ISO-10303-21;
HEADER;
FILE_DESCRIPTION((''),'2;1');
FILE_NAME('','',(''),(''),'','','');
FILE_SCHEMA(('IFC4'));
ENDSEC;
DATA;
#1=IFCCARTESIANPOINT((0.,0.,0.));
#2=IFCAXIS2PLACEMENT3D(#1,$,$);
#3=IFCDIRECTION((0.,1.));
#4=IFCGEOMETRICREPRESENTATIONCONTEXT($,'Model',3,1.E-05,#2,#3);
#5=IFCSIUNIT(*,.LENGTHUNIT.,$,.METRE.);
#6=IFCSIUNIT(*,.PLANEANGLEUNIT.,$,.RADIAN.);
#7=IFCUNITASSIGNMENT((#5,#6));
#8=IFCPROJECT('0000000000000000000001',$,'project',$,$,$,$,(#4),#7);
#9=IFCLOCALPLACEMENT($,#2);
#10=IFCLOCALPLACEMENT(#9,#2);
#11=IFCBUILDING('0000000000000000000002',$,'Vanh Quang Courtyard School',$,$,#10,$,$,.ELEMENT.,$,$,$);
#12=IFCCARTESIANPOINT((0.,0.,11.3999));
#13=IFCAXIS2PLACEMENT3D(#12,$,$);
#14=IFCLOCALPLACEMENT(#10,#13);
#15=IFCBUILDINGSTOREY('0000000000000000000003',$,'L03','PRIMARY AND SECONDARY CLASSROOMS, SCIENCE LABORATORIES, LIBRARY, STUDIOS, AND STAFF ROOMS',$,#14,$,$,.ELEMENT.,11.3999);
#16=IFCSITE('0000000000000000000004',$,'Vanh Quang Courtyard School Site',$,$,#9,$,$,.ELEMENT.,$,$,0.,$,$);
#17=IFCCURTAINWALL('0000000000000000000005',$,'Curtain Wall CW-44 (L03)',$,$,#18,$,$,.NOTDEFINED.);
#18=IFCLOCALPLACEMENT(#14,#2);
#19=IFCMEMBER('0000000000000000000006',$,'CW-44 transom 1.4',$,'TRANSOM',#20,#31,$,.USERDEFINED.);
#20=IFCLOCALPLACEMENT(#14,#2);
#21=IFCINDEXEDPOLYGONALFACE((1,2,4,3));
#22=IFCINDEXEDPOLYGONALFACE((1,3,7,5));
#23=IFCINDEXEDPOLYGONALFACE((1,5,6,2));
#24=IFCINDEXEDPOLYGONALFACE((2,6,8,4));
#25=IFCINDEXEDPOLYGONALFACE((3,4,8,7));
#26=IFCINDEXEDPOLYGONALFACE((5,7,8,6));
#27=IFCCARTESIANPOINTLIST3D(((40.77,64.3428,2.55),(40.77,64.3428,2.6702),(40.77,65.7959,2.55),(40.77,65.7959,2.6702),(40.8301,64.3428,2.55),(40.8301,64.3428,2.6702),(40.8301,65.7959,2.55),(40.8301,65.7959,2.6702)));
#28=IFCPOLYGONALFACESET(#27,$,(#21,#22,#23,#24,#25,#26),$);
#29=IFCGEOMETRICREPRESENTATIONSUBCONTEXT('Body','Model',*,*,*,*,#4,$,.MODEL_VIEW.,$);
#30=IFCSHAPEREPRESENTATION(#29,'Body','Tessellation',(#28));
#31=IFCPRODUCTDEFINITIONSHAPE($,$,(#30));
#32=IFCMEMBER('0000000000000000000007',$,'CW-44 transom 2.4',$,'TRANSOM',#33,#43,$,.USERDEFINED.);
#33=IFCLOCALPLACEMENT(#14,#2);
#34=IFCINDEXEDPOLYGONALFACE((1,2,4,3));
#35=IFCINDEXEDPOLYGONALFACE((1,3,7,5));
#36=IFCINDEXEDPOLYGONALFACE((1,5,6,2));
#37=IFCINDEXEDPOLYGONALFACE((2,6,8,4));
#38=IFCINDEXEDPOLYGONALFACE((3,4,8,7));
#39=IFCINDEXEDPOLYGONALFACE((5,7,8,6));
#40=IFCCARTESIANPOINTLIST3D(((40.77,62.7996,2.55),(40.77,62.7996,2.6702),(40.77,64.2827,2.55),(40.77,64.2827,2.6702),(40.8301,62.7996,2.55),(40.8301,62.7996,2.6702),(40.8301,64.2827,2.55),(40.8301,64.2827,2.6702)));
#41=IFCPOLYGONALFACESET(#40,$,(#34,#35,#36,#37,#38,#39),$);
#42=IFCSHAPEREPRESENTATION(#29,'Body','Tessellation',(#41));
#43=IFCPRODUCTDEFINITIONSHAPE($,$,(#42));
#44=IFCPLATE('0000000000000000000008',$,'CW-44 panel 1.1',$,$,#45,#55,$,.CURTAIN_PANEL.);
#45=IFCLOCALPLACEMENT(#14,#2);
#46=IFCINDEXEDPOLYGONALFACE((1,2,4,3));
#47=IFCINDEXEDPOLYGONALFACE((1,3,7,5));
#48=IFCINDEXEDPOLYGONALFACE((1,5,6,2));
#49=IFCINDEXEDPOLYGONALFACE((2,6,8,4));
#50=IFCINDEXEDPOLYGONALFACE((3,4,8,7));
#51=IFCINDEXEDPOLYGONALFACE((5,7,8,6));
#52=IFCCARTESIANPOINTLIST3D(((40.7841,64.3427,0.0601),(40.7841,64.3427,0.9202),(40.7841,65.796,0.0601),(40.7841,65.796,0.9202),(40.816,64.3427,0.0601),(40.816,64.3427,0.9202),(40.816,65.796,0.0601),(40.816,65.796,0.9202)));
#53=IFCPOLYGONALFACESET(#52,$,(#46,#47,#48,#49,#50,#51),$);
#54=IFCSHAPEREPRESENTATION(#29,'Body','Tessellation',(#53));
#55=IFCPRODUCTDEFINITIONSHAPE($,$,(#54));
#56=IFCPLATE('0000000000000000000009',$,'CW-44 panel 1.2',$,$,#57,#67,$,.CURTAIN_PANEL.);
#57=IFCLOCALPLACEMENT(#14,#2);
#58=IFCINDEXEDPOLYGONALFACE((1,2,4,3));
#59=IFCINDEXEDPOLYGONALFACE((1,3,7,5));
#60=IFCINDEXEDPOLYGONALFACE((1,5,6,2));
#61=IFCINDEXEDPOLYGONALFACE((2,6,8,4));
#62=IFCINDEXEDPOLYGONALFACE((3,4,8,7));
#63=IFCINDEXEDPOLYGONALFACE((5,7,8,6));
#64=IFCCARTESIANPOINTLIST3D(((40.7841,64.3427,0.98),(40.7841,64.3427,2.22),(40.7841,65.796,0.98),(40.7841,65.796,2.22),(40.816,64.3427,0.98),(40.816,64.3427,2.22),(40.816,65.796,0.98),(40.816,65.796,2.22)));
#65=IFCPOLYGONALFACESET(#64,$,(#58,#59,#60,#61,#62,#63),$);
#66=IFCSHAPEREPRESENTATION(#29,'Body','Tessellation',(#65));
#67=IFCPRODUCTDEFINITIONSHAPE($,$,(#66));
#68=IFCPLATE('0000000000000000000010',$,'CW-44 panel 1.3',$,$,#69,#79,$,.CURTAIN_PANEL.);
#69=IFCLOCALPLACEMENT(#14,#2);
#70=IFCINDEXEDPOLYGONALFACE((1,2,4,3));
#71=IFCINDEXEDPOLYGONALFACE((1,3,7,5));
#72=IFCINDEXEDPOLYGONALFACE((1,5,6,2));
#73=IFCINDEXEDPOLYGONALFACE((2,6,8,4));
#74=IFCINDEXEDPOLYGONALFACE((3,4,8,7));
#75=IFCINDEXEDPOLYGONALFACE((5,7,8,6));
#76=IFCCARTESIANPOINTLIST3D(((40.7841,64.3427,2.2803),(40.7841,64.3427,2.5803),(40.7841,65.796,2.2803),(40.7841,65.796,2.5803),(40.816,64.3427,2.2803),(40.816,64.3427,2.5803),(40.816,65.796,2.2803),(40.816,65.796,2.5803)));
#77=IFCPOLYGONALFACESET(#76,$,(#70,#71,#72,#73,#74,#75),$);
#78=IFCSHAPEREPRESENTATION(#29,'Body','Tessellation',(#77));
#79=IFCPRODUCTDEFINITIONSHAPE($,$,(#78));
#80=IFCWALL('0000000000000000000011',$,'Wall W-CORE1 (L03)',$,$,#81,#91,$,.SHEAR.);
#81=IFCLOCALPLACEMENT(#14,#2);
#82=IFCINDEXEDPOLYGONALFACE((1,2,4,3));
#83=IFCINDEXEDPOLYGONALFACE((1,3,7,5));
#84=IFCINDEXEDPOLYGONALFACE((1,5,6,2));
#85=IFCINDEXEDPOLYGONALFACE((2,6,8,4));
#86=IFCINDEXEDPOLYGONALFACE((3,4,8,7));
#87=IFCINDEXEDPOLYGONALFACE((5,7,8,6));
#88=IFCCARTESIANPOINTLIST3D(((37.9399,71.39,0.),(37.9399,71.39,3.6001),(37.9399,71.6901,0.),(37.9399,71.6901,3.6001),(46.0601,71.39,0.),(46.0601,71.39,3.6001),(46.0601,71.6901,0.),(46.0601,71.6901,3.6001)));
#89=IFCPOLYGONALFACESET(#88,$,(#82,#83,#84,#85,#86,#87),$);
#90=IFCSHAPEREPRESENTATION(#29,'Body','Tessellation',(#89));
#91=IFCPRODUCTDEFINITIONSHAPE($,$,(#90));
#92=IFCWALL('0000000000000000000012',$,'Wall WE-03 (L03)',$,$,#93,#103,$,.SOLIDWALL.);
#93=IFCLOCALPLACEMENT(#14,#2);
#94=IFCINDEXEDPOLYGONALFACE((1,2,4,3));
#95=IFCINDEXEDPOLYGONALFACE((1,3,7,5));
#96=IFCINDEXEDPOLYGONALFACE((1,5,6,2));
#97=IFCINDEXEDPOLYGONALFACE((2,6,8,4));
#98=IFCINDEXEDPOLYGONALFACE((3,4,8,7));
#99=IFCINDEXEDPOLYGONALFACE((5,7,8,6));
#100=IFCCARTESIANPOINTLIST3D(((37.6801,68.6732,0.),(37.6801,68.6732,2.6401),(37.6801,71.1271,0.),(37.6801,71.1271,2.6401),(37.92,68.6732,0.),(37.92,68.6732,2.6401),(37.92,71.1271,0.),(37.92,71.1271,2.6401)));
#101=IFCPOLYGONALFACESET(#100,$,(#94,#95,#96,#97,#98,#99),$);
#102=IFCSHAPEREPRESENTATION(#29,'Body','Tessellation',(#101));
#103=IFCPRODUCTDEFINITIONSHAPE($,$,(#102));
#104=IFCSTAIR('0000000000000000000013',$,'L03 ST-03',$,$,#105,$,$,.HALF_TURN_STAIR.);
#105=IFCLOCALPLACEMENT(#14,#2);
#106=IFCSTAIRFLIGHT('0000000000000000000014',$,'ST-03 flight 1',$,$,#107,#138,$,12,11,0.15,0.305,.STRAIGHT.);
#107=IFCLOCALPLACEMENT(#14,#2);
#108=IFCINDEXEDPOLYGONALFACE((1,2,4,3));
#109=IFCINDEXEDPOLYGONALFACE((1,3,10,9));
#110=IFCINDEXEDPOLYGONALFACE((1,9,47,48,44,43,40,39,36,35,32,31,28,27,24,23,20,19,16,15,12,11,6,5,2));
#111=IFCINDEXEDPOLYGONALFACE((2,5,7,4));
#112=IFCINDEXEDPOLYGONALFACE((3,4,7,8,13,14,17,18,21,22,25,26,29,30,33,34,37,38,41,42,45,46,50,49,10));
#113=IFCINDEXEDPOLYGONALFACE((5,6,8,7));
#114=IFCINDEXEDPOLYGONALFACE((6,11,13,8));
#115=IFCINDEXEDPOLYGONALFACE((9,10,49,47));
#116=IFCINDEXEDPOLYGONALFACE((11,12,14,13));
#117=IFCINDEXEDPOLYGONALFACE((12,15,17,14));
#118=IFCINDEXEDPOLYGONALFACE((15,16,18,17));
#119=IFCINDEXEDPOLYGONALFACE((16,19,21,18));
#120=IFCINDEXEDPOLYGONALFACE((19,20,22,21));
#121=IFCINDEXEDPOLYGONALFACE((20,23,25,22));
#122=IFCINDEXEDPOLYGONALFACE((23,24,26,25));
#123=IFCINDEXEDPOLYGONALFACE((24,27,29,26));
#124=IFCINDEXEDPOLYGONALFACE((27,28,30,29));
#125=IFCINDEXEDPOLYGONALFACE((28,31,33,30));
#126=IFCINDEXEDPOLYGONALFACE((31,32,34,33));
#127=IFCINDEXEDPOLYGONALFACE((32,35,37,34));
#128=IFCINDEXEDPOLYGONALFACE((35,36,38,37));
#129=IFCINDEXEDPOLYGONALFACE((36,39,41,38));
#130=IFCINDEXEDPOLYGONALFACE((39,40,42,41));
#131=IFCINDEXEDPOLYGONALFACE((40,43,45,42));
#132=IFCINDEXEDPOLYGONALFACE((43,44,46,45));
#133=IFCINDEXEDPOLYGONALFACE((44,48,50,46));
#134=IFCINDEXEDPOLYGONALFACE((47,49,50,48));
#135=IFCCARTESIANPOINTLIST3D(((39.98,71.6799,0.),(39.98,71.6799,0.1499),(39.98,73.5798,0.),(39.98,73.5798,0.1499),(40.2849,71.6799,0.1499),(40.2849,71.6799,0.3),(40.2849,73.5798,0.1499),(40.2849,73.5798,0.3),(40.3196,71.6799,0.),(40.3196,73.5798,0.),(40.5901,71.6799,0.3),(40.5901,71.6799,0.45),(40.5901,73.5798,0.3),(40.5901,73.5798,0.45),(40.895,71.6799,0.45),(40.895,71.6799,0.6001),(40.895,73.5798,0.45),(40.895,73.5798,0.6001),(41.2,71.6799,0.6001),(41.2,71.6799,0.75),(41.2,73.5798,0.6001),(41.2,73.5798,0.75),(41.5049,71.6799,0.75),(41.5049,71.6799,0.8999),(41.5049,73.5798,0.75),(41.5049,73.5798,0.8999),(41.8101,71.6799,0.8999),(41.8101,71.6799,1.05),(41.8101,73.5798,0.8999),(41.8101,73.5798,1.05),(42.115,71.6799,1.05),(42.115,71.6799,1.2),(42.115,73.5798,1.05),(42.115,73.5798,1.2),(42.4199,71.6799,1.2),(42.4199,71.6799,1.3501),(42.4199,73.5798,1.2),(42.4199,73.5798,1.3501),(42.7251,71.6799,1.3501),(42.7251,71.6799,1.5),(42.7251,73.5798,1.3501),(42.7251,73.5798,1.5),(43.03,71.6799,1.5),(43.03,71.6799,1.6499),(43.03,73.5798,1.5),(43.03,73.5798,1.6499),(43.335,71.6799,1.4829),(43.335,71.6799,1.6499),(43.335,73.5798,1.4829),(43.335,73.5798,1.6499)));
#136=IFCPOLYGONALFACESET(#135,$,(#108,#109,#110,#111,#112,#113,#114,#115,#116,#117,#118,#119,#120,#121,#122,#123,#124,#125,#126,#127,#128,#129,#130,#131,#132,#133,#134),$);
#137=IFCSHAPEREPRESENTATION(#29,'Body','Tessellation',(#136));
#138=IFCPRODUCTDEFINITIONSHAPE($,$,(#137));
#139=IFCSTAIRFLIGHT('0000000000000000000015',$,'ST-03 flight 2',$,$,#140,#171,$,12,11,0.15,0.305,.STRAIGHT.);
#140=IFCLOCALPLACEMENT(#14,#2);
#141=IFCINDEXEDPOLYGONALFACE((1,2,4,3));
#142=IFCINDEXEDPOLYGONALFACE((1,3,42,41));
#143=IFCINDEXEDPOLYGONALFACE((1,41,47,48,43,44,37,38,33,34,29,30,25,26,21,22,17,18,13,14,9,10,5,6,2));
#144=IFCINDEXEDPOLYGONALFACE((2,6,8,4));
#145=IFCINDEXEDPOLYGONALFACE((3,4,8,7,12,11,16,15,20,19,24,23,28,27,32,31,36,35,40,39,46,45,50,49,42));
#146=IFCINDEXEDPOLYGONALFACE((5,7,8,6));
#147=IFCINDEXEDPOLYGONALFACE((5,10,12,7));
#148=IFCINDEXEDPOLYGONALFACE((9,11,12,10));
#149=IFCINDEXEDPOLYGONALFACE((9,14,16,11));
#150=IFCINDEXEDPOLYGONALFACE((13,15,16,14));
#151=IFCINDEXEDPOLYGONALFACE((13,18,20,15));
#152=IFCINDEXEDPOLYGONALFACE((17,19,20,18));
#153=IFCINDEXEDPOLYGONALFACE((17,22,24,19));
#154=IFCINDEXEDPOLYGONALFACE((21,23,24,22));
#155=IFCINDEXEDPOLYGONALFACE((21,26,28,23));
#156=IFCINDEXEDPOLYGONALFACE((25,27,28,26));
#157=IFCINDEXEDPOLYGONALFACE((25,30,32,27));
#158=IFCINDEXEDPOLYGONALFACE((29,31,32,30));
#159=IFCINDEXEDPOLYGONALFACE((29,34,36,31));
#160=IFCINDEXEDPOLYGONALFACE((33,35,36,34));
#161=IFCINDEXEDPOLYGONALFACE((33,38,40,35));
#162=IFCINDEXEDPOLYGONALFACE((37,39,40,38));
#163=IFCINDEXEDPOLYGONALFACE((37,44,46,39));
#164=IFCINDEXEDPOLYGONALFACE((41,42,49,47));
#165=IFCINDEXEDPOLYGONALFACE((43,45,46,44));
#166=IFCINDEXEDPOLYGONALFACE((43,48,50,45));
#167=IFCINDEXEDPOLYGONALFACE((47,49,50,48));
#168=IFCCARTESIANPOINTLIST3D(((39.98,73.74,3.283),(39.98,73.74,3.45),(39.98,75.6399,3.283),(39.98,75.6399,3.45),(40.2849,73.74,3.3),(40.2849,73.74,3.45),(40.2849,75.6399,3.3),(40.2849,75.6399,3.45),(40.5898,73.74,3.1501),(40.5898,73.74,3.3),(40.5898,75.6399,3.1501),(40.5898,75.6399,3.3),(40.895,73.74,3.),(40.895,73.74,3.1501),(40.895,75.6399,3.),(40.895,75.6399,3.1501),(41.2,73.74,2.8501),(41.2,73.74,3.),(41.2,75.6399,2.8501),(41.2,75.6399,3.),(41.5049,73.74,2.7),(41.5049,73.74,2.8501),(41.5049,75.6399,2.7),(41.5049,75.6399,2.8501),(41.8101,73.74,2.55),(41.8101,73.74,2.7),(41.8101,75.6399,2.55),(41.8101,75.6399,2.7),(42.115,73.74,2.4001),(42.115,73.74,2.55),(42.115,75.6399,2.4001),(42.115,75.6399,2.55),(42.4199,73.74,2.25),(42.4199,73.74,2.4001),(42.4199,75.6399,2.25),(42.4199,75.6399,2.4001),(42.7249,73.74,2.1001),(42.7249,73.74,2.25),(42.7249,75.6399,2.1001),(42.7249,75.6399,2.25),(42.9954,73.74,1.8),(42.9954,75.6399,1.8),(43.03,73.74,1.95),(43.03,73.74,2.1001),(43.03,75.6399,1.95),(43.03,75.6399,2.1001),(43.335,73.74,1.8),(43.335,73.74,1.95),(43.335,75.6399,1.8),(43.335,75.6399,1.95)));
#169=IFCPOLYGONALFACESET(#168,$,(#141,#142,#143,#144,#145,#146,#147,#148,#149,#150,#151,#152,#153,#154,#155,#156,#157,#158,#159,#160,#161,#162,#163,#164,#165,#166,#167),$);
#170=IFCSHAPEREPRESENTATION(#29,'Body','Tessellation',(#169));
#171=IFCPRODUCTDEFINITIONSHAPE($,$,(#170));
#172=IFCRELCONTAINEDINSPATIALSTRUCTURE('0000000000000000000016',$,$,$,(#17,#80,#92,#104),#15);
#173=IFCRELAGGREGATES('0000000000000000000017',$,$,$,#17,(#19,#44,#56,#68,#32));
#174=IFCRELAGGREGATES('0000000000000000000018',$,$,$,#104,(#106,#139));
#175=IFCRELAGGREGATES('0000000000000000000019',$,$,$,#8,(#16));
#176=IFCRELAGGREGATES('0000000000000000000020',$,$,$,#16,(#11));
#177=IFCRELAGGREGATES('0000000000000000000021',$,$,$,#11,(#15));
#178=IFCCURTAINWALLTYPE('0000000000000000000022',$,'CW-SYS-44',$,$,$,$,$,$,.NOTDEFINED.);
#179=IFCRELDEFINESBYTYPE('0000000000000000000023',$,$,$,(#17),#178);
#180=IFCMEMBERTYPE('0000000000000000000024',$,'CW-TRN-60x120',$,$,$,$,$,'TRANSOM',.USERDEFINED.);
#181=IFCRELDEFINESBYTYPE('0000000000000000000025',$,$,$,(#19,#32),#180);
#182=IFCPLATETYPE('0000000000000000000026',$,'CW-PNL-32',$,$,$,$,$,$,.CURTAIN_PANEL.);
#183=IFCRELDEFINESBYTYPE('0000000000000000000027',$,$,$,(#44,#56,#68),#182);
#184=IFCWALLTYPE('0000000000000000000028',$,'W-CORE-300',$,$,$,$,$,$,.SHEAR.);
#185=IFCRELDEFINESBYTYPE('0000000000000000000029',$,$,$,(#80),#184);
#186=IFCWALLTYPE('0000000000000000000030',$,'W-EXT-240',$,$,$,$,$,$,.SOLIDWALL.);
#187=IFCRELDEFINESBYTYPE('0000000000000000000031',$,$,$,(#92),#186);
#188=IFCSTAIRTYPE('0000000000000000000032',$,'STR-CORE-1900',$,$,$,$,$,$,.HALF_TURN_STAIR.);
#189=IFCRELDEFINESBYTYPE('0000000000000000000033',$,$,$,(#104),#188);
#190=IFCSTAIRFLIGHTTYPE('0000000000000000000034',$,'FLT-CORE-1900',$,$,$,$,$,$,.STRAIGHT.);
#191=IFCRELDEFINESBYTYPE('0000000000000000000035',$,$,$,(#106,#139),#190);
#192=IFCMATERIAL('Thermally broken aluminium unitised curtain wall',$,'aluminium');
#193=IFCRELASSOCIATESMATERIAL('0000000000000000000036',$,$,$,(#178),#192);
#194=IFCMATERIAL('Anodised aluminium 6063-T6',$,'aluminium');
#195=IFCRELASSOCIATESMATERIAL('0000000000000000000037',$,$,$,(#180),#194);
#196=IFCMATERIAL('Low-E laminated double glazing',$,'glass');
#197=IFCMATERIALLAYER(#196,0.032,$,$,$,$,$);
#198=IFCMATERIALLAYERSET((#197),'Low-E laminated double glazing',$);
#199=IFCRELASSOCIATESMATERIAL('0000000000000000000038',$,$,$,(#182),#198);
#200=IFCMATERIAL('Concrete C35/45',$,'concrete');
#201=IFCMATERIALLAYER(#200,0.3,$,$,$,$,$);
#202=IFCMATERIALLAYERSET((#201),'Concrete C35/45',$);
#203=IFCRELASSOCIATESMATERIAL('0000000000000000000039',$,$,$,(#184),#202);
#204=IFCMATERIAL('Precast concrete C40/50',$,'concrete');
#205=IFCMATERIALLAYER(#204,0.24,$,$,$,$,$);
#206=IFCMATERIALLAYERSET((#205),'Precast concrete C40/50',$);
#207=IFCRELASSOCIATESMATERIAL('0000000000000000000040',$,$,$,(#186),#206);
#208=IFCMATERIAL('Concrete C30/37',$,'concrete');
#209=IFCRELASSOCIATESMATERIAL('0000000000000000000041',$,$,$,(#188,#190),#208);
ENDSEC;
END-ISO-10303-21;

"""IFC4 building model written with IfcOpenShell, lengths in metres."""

from ifc_helpers import new_model, si_unit, direction, frame, frame_2d, origin, origin_2d, place, context, subcontext, project, spatial, polyline, rectangle, outline, extrude, material, layer, layer_set, material_profile, profile_set, type_object, element, aggregate, save


model = new_model("IFC4")

# Units and contexts
model_context = context("Model", 3, precision=1e-05, world=origin(), true_north=direction((0.0, 1.0)))
body_context = subcontext(model_context, "Body", "Model", "MODEL_VIEW")
ifc_project = project(units=[si_unit("LENGTHUNIT", "METRE"), si_unit("PLANEANGLEUNIT", "RADIAN")], contexts=[model_context])

# Site, building, storey
site_placement = place(None, origin())
site = spatial("IfcSite", under=ifc_project, at=site_placement, Name="Vanh Quang Courtyard School Site", CompositionType="ELEMENT", RefElevation=0.0)
building_placement = place(site_placement, origin())
building = spatial("IfcBuilding", under=site, at=building_placement, Name="Vanh Quang Courtyard School", CompositionType="ELEMENT")
storey_placement = place(building_placement, frame((0.0, 0.0, 11.3999)))
storey = spatial("IfcBuildingStorey", under=building, at=storey_placement, Name="L03", Description="PRIMARY AND SECONDARY CLASSROOMS, SCIENCE LABORATORIES, LIBRARY, STUDIOS, AND STAFF ROOMS", CompositionType="ELEMENT", Elevation=11.3999)

# Shared definitions
ifc_material_1 = material(Name="Concrete C35/45", Category="concrete")

# Curtain wall, members, plates
ifc_material_2 = material(Name="Thermally broken aluminium unitised curtain wall", Category="aluminium")
curtain_wall_type = type_object("IfcCurtainWallType", Name="CW-SYS-44", PredefinedType="NOTDEFINED", material=ifc_material_2)
curtain_wall_placement = place(storey_placement, origin())
curtain_wall = element("IfcCurtainWall", 1, at=curtain_wall_placement, inside=storey, type_object=curtain_wall_type, Name="Curtain Wall CW-44 (L03)", PredefinedType="NOTDEFINED")
ifc_material_3 = material(Name="Anodised aluminium 6063-T6", Category="aluminium")
ifc_material_profile_1 = material_profile(ifc_material_3, rectangle(XDim=0.0601, YDim=0.1201, at=origin_2d()), Name="ALU-TRN 60x120")
ifc_profile_set_1 = profile_set([ifc_material_profile_1], Name="Anodised aluminium 6063-T6")
member_type_1 = type_object("IfcMemberType", Name="CW-TRN-60x120", ElementType="TRANSOM", PredefinedType="USERDEFINED", material=ifc_profile_set_1)
member_1_placement = place(storey_placement, frame((40.8, 65.7959, 2.6101), z_axis=(0.0, -1.0, 0.0), x_axis=(1.0, 0.0, 0.0)))
member_1 = element("IfcMember", 2, at=member_1_placement, type_object=member_type_1, Name="CW-44 transom 1.4", ObjectType="TRANSOM", PredefinedType="USERDEFINED", context=body_context, shape_type="SweptSolid", body=[
    extrude(rectangle(XDim=0.0601, YDim=0.1201, at=origin_2d()), origin(), (0.0, 0.0, 1.0), 1.4531),
])
member_2_placement = place(storey_placement, frame((40.8, 64.2827, 2.6101), z_axis=(0.0, -1.0, 0.0), x_axis=(1.0, 0.0, 0.0)))
member_2 = element("IfcMember", 3, at=member_2_placement, type_object=member_type_1, Name="CW-44 transom 2.4", ObjectType="TRANSOM", PredefinedType="USERDEFINED", context=body_context, shape_type="SweptSolid", body=[
    extrude(rectangle(XDim=0.0601, YDim=0.1201, at=origin_2d()), origin(), (0.0, 0.0, 1.0), 1.4832),
])
ifc_material_4 = material(Name="Low-E laminated double glazing", Category="glass")
ifc_layer_1 = layer(ifc_material_4, 0.032)
ifc_layer_set_1 = layer_set([ifc_layer_1], Name="Low-E laminated double glazing")
plate_type = type_object("IfcPlateType", Name="CW-PNL-32", PredefinedType="CURTAIN_PANEL", material=ifc_layer_set_1)
plate_1_placement = place(storey_placement, frame((40.8, 65.0693, 0.0601), z_axis=(0.0, 0.0, 1.0), x_axis=(0.0, -1.0, 0.0)))
plate_1 = element("IfcPlate", 4, at=plate_1_placement, type_object=plate_type, Name="CW-44 panel 1.1", PredefinedType="CURTAIN_PANEL", context=body_context, shape_type="SweptSolid", body=[
    extrude(rectangle(XDim=1.4534, YDim=0.032, at=origin_2d()), origin(), (0.0, 0.0, 1.0), 0.8601),
])
plate_2_placement = place(storey_placement, frame((40.8, 65.0693, 0.98), z_axis=(0.0, 0.0, 1.0), x_axis=(0.0, -1.0, 0.0)))
plate_2 = element("IfcPlate", 5, at=plate_2_placement, type_object=plate_type, Name="CW-44 panel 1.2", PredefinedType="CURTAIN_PANEL", context=body_context, shape_type="SweptSolid", body=[
    extrude(rectangle(XDim=1.4534, YDim=0.032, at=origin_2d()), origin(), (0.0, 0.0, 1.0), 1.24),
])
plate_3_placement = place(storey_placement, frame((40.8, 65.0693, 2.2803), z_axis=(0.0, 0.0, 1.0), x_axis=(0.0, -1.0, 0.0)))
plate_3 = element("IfcPlate", 6, at=plate_3_placement, type_object=plate_type, Name="CW-44 panel 1.3", PredefinedType="CURTAIN_PANEL", context=body_context, shape_type="SweptSolid", body=[
    extrude(rectangle(XDim=1.4534, YDim=0.032, at=origin_2d()), origin(), (0.0, 0.0, 1.0), 0.3),
])
aggregate(curtain_wall, [member_1, plate_1, plate_2, plate_3, member_2])

# Walls
ifc_layer_2 = layer(ifc_material_1, 0.3)
ifc_layer_set_2 = layer_set([ifc_layer_2], Name="Concrete C35/45")
wall_type_1 = type_object("IfcWallType", Name="W-CORE-300", PredefinedType="SHEAR", material=ifc_layer_set_2)
wall_1_placement = place(storey_placement, frame((37.9399, 71.54, 0.0), z_axis=(0.0, 0.0, 1.0), x_axis=(1.0, 0.0, 0.0)))
element("IfcWall", 7, at=wall_1_placement, inside=storey, type_object=wall_type_1, Name="Wall W-CORE1 (L03)", PredefinedType="SHEAR", context=body_context, shape_type="SweptSolid", body=[
    extrude(rectangle(XDim=8.1201, YDim=0.3, at=frame_2d((4.0601, 0.0))), origin(), (0.0, 0.0, 1.0), 3.6001),
])
ifc_material_5 = material(Name="Precast concrete C40/50", Category="concrete")
ifc_layer_3 = layer(ifc_material_5, 0.24)
ifc_layer_set_3 = layer_set([ifc_layer_3], Name="Precast concrete C40/50")
wall_type_2 = type_object("IfcWallType", Name="W-EXT-240", PredefinedType="SOLIDWALL", material=ifc_layer_set_3)
wall_2_placement = place(storey_placement, frame((37.8, 68.6731, 0.0), z_axis=(0.0, 0.0, 1.0), x_axis=(0.0, 1.0, 0.0)))
element("IfcWall", 8, at=wall_2_placement, inside=storey, type_object=wall_type_2, Name="Wall WE-03 (L03)", PredefinedType="SOLIDWALL", context=body_context, shape_type="SweptSolid", body=[
    extrude(rectangle(XDim=2.4539, YDim=0.24, at=frame_2d((1.2271, 0.0))), origin(), (0.0, 0.0, 1.0), 2.6401),
])

# Stair, stair flights
ifc_material_6 = material(Name="Concrete C30/37", Category="concrete")
stair_type = type_object("IfcStairType", Name="STR-CORE-1900", PredefinedType="HALF_TURN_STAIR", material=ifc_material_6)
stair_placement = place(storey_placement, origin())
stair = element("IfcStair", 9, at=stair_placement, inside=storey, type_object=stair_type, Name="L03 ST-03", PredefinedType="HALF_TURN_STAIR")
stair_flight_type = type_object("IfcStairFlightType", Name="FLT-CORE-1900", PredefinedType="STRAIGHT", material=ifc_material_6)
stair_flight_1_placement = place(storey_placement, frame((39.98, 72.6299, 0.0), z_axis=(0.0, 0.0, 1.0), x_axis=(1.0, 0.0, 0.0)))
stair_flight_1 = element("IfcStairFlight", 10, at=stair_flight_1_placement, type_object=stair_flight_type, Name="ST-03 flight 1", NumberOfRisers=12, NumberOfTreads=11, PredefinedType="STRAIGHT", RiserHeight=0.15, TreadLength=0.305, context=body_context, shape_type="SweptSolid", body=[
    extrude(outline(polyline([(0.0, 0.0), (0.0, 0.1499), (0.3049, 0.1499), (0.3049, 0.3), (0.6101, 0.3), (0.6101, 0.45), (0.915, 0.45), (0.915, 0.6001), (1.22, 0.6001), (1.22, 0.75), (1.5249, 0.75), (1.5249, 0.8999), (1.8301, 0.8999), (1.8301, 1.05), (2.135, 1.05), (2.135, 1.2), (2.4399, 1.2), (2.4399, 1.3501), (2.7451, 1.3501), (2.7451, 1.5), (3.05, 1.5), (3.05, 1.6499), (3.355, 1.6499), (3.355, 1.8), (3.355, 1.4829), (0.3396, 0.0), (0.0, 0.0)])), frame((0.0, 0.95, 0.0), z_axis=(0.0, -1.0, 0.0), x_axis=(1.0, 0.0, 0.0)), (0.0, 0.0, 1.0), 1.8999),
])
stair_flight_2_placement = place(storey_placement, frame((43.335, 74.6899, 1.8), z_axis=(0.0, 0.0, 1.0), x_axis=(-1.0, 0.0, 0.0)))
stair_flight_2 = element("IfcStairFlight", 11, at=stair_flight_2_placement, type_object=stair_flight_type, Name="ST-03 flight 2", NumberOfRisers=12, NumberOfTreads=11, PredefinedType="STRAIGHT", RiserHeight=0.15, TreadLength=0.305, context=body_context, shape_type="SweptSolid", body=[
    extrude(outline(polyline([(0.0, 0.0), (0.0, 0.1499), (0.3049, 0.1499), (0.3049, 0.3), (0.6101, 0.3), (0.6101, 0.45), (0.915, 0.45), (0.915, 0.6001), (1.22, 0.6001), (1.22, 0.75), (1.5249, 0.75), (1.5249, 0.8999), (1.8301, 0.8999), (1.8301, 1.05), (2.135, 1.05), (2.135, 1.2), (2.4399, 1.2), (2.4399, 1.3501), (2.7451, 1.3501), (2.7451, 1.5), (3.05, 1.5), (3.05, 1.6499), (3.355, 1.6499), (3.355, 1.8), (3.355, 1.4829), (0.3396, 0.0), (0.0, 0.0)])), frame((0.0, 0.95, 0.0), z_axis=(0.0, -1.0, 0.0), x_axis=(1.0, 0.0, 0.0)), (0.0, 0.0, 1.0), 1.8999),
])
aggregate(stair, [stair_flight_1, stair_flight_2])

save(model, "model.ifc")
